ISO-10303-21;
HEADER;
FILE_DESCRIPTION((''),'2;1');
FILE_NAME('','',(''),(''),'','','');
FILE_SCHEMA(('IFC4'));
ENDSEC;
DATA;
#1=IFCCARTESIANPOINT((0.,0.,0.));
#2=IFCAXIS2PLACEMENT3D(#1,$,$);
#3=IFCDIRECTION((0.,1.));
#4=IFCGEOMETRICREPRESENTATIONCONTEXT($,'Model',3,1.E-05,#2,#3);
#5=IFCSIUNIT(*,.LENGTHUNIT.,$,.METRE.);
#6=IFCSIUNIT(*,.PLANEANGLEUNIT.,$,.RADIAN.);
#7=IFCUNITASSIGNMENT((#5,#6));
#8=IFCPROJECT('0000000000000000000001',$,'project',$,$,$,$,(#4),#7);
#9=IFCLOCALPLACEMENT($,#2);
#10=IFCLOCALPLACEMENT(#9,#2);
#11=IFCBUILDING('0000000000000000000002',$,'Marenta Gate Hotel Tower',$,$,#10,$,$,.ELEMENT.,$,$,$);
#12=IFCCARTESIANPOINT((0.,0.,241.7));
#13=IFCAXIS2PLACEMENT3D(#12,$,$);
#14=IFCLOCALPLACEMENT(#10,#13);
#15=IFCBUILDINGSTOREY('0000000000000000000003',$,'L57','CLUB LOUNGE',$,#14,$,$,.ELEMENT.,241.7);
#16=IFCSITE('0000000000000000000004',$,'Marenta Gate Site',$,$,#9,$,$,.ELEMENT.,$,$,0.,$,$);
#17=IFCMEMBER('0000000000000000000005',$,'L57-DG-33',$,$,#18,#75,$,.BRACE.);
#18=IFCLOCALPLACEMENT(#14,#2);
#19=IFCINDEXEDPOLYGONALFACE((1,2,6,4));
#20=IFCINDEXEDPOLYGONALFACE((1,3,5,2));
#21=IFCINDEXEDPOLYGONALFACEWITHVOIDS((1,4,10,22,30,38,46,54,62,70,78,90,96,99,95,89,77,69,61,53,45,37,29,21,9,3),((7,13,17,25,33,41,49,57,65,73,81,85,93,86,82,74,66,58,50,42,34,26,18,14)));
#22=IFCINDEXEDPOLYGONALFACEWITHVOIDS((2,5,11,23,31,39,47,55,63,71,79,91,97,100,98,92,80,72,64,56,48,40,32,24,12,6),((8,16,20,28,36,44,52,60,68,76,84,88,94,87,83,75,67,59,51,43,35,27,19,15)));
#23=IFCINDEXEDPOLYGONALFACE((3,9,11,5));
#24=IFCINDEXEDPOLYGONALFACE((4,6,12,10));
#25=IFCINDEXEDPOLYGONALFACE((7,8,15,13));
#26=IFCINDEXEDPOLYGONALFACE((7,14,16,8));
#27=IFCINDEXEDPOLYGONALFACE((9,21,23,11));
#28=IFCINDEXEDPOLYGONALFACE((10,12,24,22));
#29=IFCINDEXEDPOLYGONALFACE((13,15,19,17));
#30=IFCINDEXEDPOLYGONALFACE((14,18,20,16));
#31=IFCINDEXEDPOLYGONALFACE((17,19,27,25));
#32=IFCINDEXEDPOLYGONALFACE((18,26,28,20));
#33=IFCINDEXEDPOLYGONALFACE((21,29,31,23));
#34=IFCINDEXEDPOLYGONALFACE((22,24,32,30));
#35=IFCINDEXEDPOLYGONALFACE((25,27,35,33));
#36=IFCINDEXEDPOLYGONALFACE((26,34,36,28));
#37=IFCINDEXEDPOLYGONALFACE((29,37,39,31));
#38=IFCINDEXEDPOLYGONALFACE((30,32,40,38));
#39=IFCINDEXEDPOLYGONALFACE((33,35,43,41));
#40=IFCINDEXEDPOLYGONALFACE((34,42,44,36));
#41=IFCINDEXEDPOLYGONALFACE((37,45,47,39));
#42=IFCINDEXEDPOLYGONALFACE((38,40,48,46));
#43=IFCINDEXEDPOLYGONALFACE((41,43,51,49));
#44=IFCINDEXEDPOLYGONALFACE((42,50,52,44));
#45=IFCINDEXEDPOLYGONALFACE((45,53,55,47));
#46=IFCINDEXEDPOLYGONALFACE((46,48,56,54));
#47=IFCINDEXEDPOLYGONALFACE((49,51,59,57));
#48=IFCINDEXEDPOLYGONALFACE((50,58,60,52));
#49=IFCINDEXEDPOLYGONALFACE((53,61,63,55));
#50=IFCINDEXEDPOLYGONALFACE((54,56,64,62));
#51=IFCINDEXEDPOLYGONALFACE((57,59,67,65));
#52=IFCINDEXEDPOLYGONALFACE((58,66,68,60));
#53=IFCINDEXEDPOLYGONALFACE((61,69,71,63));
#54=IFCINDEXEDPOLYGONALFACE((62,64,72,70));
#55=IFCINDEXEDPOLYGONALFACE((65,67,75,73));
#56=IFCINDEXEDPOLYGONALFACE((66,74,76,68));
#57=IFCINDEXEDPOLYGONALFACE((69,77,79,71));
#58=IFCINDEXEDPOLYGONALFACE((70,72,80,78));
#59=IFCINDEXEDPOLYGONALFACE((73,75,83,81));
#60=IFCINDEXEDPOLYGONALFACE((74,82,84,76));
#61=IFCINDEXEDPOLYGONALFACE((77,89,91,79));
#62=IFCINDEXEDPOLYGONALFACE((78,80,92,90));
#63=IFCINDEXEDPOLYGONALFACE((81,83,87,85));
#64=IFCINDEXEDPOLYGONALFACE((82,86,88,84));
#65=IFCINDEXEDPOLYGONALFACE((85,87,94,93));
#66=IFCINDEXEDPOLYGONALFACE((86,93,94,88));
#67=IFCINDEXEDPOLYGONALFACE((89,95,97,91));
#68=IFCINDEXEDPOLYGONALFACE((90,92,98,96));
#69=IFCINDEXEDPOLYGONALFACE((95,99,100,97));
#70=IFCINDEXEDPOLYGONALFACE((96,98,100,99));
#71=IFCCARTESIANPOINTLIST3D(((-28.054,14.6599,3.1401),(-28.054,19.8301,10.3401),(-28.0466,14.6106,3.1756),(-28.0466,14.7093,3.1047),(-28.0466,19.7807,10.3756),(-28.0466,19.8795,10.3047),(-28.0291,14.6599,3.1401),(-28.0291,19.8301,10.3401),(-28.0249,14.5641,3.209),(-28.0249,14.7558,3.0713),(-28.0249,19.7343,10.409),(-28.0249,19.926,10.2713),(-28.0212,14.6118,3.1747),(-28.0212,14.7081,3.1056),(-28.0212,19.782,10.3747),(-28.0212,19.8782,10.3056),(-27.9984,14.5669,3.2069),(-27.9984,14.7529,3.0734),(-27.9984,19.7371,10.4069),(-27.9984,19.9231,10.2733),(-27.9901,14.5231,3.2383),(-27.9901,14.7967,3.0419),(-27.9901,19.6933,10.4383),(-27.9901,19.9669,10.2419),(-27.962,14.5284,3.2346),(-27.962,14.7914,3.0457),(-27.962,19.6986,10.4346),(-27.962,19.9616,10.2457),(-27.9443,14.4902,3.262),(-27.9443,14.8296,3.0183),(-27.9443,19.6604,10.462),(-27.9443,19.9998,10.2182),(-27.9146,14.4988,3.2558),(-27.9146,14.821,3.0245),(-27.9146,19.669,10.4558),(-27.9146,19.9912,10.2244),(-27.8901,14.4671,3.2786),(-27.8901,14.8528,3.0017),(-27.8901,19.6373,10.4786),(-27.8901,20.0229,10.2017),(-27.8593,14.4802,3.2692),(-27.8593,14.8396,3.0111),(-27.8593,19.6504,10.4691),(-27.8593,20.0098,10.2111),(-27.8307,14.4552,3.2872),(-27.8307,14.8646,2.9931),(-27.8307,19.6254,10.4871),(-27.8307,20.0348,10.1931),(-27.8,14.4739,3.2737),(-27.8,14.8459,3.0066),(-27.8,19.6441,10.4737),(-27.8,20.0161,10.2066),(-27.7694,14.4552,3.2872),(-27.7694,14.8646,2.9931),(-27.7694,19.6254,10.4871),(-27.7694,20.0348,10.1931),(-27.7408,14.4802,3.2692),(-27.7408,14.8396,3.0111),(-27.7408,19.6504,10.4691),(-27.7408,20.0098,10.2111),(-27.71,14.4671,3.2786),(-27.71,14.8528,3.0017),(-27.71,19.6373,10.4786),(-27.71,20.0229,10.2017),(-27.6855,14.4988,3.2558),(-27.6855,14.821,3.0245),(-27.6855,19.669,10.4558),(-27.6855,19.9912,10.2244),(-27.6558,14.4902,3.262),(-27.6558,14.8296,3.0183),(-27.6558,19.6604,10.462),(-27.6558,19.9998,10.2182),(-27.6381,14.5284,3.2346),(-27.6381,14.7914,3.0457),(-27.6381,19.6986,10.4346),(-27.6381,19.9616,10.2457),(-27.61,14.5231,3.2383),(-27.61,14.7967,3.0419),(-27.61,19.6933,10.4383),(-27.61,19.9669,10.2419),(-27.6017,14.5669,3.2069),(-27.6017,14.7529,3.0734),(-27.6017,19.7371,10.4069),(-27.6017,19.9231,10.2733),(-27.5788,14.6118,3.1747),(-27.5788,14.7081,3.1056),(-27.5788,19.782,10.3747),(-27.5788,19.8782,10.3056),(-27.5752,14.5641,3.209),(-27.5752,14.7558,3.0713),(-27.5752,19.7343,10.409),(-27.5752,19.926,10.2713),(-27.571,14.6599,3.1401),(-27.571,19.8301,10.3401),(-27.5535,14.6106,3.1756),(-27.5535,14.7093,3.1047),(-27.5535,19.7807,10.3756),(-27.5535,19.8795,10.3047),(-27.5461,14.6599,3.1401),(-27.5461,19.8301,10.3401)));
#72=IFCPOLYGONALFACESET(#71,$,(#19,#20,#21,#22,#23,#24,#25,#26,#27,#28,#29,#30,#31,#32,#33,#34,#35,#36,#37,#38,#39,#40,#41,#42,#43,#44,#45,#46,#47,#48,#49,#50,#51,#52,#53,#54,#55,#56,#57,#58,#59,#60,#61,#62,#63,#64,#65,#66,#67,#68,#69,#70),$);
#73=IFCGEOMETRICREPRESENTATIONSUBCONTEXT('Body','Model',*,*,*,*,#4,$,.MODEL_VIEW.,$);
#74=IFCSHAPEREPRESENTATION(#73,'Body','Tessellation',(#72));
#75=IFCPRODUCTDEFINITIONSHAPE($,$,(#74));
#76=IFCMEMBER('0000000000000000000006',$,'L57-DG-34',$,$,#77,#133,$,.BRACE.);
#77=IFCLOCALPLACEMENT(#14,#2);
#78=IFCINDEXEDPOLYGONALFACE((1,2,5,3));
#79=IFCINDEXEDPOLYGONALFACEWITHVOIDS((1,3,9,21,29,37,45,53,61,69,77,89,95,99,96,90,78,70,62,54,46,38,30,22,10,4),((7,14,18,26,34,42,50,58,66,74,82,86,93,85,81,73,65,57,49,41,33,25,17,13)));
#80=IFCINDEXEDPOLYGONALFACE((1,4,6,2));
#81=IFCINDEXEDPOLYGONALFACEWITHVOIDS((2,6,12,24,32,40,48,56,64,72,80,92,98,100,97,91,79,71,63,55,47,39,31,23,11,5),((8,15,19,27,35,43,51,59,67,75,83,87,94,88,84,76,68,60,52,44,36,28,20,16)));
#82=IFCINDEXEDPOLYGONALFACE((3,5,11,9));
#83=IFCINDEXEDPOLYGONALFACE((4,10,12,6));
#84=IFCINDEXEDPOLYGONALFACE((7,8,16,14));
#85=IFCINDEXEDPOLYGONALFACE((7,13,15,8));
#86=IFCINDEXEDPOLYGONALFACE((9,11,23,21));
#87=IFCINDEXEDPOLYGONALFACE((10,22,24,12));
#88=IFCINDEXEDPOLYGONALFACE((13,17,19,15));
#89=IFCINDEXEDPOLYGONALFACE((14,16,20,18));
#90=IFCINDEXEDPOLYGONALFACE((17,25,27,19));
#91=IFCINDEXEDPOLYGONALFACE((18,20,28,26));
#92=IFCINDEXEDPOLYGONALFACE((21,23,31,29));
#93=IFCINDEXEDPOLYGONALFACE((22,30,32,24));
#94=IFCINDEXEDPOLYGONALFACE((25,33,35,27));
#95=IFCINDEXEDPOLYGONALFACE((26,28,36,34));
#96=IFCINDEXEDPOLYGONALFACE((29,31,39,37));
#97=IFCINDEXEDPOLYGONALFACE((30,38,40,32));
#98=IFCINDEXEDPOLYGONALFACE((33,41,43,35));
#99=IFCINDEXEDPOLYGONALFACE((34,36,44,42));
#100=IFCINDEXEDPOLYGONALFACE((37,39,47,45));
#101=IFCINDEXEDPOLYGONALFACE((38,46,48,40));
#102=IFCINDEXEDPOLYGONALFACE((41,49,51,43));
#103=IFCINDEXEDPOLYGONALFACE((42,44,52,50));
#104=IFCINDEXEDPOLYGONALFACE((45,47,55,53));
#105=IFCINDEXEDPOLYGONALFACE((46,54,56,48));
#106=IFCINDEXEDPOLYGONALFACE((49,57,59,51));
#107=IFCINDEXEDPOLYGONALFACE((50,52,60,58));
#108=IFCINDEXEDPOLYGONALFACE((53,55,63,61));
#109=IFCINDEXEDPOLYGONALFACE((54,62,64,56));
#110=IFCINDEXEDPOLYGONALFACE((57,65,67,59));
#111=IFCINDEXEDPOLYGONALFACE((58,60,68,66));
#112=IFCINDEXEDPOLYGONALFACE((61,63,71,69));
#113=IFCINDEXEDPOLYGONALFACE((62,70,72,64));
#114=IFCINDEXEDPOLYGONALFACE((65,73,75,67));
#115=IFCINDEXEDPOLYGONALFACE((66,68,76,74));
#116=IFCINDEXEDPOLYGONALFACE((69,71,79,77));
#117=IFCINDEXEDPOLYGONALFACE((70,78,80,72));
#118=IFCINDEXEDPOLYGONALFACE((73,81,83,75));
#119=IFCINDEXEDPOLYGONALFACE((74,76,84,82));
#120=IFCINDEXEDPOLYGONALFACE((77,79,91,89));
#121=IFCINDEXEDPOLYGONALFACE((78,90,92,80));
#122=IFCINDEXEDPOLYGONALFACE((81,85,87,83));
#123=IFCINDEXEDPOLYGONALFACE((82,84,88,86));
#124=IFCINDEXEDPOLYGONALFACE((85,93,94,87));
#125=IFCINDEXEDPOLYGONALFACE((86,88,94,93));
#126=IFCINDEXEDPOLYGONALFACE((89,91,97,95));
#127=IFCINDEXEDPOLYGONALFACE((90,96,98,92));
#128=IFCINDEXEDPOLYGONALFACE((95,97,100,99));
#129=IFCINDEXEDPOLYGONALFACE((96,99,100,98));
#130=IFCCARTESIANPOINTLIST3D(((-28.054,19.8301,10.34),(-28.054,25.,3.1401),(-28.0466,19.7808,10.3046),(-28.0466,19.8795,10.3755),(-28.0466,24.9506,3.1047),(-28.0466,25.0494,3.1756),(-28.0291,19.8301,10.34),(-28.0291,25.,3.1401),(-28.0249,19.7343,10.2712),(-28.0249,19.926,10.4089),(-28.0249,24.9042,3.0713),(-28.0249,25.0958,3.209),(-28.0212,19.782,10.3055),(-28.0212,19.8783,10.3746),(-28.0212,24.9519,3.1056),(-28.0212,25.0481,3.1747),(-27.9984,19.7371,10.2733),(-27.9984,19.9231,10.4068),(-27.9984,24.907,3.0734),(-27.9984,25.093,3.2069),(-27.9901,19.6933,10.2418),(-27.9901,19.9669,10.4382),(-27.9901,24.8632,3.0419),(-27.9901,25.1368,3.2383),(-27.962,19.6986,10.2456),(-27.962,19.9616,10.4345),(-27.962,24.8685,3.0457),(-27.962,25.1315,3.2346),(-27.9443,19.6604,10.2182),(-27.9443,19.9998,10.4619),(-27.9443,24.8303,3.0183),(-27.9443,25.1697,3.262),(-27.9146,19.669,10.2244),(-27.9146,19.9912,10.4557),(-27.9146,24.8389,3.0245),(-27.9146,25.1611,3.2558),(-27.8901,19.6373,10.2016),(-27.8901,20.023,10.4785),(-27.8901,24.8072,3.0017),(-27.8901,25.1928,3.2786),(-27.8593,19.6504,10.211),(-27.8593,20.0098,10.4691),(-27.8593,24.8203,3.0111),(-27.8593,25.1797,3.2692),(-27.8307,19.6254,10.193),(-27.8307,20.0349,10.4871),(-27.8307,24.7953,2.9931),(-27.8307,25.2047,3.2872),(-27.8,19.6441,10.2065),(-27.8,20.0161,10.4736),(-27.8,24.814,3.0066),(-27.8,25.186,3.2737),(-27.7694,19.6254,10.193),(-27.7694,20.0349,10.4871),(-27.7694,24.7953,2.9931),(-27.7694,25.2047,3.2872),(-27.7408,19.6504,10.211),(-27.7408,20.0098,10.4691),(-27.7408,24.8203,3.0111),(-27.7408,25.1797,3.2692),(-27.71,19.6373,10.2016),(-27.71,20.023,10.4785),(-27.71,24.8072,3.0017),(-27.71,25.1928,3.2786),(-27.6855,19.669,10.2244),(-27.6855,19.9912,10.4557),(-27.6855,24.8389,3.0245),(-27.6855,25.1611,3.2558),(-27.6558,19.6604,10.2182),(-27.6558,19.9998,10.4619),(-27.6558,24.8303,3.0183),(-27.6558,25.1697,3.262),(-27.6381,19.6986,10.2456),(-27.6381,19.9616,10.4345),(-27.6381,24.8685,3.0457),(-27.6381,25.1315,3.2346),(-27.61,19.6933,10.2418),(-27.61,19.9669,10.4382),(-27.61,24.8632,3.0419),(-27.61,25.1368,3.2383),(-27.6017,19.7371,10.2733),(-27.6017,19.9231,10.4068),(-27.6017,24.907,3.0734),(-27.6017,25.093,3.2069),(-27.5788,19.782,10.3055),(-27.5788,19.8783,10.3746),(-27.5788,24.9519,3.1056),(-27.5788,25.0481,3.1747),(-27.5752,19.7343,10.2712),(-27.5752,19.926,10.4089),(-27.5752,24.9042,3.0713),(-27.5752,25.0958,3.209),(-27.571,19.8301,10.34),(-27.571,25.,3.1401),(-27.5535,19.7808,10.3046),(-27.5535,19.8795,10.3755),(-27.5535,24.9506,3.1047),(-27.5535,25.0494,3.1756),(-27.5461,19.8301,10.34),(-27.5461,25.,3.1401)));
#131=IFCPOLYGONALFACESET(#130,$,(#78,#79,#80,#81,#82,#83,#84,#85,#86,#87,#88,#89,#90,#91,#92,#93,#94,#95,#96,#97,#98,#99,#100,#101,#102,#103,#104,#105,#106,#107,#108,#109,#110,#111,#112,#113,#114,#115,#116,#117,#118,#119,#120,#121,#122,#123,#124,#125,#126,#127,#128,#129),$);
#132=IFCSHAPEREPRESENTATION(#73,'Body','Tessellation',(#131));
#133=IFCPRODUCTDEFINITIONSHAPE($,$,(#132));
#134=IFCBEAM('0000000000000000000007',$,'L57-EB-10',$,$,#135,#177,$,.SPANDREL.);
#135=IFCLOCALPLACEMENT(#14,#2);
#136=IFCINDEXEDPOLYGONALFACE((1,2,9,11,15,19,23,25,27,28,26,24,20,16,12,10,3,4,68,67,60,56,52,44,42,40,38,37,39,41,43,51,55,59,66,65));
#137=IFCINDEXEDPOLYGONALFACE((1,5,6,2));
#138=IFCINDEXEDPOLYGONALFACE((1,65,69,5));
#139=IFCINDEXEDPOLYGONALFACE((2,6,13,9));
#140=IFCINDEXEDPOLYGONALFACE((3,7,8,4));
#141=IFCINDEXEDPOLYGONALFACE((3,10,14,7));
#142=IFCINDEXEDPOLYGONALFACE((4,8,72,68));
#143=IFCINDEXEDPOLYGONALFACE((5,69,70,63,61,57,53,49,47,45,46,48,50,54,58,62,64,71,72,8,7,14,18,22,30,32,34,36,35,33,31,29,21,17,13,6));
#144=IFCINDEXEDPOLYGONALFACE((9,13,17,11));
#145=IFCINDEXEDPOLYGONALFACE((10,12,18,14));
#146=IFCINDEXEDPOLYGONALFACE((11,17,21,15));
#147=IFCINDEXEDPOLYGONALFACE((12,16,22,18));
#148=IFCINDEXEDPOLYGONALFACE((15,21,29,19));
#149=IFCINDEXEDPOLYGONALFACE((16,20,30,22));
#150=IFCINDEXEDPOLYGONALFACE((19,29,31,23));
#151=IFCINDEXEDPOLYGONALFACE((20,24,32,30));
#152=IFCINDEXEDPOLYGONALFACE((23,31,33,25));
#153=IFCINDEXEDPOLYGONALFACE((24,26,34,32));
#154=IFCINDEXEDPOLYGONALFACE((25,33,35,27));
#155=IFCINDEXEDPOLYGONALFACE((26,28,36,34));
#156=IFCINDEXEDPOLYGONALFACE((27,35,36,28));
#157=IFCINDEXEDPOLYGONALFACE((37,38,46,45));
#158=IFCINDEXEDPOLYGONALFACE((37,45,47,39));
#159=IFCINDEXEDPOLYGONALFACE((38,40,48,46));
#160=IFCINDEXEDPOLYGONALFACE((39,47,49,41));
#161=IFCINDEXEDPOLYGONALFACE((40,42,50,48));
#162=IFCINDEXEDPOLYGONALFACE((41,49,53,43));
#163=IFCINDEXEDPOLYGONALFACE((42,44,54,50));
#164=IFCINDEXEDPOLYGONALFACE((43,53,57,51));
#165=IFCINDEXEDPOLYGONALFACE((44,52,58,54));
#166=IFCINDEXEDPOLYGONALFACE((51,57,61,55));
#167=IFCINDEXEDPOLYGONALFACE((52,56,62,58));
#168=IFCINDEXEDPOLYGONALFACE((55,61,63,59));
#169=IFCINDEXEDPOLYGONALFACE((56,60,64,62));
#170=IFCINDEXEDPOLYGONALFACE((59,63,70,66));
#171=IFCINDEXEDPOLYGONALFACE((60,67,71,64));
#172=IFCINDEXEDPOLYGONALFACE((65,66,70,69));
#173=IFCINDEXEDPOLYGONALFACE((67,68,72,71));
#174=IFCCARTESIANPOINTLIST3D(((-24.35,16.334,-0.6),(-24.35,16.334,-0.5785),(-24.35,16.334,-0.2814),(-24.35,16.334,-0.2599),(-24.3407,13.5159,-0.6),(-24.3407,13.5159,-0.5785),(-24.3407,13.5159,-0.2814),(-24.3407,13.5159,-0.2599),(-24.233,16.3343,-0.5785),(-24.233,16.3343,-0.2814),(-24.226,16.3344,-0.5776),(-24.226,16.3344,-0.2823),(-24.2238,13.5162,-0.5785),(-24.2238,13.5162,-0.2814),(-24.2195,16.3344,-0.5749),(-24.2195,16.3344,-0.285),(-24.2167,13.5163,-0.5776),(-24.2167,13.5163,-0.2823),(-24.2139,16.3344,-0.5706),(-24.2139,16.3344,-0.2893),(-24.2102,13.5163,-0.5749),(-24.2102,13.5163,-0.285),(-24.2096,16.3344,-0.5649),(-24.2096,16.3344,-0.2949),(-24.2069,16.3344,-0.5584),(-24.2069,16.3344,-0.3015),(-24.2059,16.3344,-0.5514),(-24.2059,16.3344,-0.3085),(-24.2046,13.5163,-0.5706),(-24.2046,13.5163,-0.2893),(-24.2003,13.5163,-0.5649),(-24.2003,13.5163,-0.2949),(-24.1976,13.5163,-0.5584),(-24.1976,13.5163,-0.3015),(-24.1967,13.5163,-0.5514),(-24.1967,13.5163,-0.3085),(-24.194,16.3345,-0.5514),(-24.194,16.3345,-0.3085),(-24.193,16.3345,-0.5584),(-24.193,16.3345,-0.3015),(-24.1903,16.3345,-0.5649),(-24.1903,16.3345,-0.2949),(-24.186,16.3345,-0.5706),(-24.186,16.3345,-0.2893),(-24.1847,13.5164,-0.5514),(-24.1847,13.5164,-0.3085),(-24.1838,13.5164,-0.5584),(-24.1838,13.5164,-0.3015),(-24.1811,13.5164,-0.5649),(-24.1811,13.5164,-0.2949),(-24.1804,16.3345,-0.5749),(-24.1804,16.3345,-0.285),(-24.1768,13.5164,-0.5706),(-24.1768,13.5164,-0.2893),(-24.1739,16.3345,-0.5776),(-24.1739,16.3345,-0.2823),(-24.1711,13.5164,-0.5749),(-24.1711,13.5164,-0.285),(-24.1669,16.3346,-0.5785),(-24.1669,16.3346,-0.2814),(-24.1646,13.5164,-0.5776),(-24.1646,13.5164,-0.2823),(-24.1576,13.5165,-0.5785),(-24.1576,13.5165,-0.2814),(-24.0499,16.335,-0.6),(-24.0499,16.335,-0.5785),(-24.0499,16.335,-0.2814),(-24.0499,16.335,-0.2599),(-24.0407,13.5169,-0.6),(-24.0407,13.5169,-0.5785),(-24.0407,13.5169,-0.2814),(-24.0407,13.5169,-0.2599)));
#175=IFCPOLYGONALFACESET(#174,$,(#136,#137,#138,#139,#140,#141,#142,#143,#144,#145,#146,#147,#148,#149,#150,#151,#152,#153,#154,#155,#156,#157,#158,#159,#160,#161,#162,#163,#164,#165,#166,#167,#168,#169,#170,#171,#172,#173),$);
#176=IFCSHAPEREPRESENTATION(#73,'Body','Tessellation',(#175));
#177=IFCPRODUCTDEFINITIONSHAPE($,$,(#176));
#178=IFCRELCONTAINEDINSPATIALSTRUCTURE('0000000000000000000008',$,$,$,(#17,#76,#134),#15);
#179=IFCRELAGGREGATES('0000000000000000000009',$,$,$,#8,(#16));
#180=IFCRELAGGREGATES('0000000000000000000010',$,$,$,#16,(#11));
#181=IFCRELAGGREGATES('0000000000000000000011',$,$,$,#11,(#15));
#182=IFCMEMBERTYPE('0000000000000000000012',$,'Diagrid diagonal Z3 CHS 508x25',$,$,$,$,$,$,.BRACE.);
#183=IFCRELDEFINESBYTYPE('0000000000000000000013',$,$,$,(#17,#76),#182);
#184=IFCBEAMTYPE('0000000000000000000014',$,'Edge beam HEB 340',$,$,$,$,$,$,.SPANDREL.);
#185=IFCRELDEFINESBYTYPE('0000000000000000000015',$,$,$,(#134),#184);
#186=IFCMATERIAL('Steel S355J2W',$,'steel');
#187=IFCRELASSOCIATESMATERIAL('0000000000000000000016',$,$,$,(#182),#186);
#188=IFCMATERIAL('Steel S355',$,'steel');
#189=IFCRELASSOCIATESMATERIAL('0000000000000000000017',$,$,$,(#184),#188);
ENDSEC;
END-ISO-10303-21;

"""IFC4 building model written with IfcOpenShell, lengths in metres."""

from ifc_helpers import new_model, si_unit, direction, frame, origin, origin_2d, place, context, subcontext, project, spatial, hollow_circle, i_section, extrude, material, material_profile, profile_set, type_object, element, save


model = new_model("IFC4")

# Units and contexts
model_context = context("Model", 3, precision=1e-05, world=origin(), true_north=direction((0.0, 1.0)))
body_context = subcontext(model_context, "Body", "Model", "MODEL_VIEW")
ifc_project = project(units=[si_unit("LENGTHUNIT", "METRE"), si_unit("PLANEANGLEUNIT", "RADIAN")], contexts=[model_context])

# Site, building, storey
site_placement = place(None, origin())
site = spatial("IfcSite", under=ifc_project, at=site_placement, Name="Marenta Gate Site", CompositionType="ELEMENT", RefElevation=0.0)
building_placement = place(site_placement, origin())
building = spatial("IfcBuilding", under=site, at=building_placement, Name="Marenta Gate Hotel Tower", CompositionType="ELEMENT")
storey_placement = place(building_placement, frame((0.0, 0.0, 241.7)))
storey = spatial("IfcBuildingStorey", under=building, at=storey_placement, Name="L57", Description="CLUB LOUNGE", CompositionType="ELEMENT", Elevation=241.7)

# Members
ifc_material_1 = material(Name="Steel S355J2W", Category="steel")
ifc_material_profile_1 = material_profile(ifc_material_1, hollow_circle(Radius=0.2539, WallThickness=0.0249, at=origin_2d()), Name="CHS 508x25")
ifc_profile_set_1 = profile_set([ifc_material_profile_1], Name="Steel S355J2W")
member_type_1 = type_object("IfcMemberType", Name="Diagrid diagonal Z3 CHS 508x25", PredefinedType="BRACE", material=ifc_profile_set_1)
member_1_placement = place(storey_placement, frame((-27.8, 14.6599, 3.1401), z_axis=(0.0, 0.583279, 0.812272), x_axis=(-1.0, 0.0, 0.0)))
element("IfcMember", 1, at=member_1_placement, inside=storey, type_object=member_type_1, Name="L57-DG-33", PredefinedType="BRACE", context=body_context, shape_type="SweptSolid", body=[
    extrude(hollow_circle(Radius=0.2539, WallThickness=0.0249, at=origin_2d()), origin(), (0.0, 0.0, 1.0), 8.864),
])
member_2_placement = place(storey_placement, frame((-27.8, 25.0, 3.1401), z_axis=(0.0, -0.583261, 0.812285), x_axis=(1.0, 0.0, 0.0)))
element("IfcMember", 2, at=member_2_placement, inside=storey, type_object=member_type_1, Name="L57-DG-34", PredefinedType="BRACE", context=body_context, shape_type="SweptSolid", body=[
    extrude(hollow_circle(Radius=0.2539, WallThickness=0.0249, at=origin_2d()), origin(), (0.0, 0.0, 1.0), 8.8638),
])

# Beam
ifc_material_2 = material(Name="Steel S355", Category="steel")
ifc_material_profile_2 = material_profile(ifc_material_2, i_section(OverallWidth=0.3, OverallDepth=0.3401, WebThickness=0.012, FlangeThickness=0.0215, FilletRadius=0.0271, at=origin_2d()), Name="HEB 340")
ifc_profile_set_2 = profile_set([ifc_material_profile_2], Name="Steel S355")
beam_type_1 = type_object("IfcBeamType", Name="Edge beam HEB 340", PredefinedType="SPANDREL", material=ifc_profile_set_2)
beam_1_placement = place(storey_placement, frame((-24.1907, 13.5164, -0.4299), z_axis=(-0.003292, 0.999995, 0.0), x_axis=(-0.999995, -0.003292, 0.0)))
element("IfcBeam", 3, at=beam_1_placement, inside=storey, type_object=beam_type_1, Name="L57-EB-10", PredefinedType="SPANDREL", context=body_context, shape_type="SweptSolid", body=[
    extrude(i_section(OverallWidth=0.3, OverallDepth=0.3401, WebThickness=0.012, FlangeThickness=0.0215, FilletRadius=0.0271, at=origin_2d()), origin(), (0.0, 0.0, 1.0), 2.8181),
])

save(model, "model.ifc")
